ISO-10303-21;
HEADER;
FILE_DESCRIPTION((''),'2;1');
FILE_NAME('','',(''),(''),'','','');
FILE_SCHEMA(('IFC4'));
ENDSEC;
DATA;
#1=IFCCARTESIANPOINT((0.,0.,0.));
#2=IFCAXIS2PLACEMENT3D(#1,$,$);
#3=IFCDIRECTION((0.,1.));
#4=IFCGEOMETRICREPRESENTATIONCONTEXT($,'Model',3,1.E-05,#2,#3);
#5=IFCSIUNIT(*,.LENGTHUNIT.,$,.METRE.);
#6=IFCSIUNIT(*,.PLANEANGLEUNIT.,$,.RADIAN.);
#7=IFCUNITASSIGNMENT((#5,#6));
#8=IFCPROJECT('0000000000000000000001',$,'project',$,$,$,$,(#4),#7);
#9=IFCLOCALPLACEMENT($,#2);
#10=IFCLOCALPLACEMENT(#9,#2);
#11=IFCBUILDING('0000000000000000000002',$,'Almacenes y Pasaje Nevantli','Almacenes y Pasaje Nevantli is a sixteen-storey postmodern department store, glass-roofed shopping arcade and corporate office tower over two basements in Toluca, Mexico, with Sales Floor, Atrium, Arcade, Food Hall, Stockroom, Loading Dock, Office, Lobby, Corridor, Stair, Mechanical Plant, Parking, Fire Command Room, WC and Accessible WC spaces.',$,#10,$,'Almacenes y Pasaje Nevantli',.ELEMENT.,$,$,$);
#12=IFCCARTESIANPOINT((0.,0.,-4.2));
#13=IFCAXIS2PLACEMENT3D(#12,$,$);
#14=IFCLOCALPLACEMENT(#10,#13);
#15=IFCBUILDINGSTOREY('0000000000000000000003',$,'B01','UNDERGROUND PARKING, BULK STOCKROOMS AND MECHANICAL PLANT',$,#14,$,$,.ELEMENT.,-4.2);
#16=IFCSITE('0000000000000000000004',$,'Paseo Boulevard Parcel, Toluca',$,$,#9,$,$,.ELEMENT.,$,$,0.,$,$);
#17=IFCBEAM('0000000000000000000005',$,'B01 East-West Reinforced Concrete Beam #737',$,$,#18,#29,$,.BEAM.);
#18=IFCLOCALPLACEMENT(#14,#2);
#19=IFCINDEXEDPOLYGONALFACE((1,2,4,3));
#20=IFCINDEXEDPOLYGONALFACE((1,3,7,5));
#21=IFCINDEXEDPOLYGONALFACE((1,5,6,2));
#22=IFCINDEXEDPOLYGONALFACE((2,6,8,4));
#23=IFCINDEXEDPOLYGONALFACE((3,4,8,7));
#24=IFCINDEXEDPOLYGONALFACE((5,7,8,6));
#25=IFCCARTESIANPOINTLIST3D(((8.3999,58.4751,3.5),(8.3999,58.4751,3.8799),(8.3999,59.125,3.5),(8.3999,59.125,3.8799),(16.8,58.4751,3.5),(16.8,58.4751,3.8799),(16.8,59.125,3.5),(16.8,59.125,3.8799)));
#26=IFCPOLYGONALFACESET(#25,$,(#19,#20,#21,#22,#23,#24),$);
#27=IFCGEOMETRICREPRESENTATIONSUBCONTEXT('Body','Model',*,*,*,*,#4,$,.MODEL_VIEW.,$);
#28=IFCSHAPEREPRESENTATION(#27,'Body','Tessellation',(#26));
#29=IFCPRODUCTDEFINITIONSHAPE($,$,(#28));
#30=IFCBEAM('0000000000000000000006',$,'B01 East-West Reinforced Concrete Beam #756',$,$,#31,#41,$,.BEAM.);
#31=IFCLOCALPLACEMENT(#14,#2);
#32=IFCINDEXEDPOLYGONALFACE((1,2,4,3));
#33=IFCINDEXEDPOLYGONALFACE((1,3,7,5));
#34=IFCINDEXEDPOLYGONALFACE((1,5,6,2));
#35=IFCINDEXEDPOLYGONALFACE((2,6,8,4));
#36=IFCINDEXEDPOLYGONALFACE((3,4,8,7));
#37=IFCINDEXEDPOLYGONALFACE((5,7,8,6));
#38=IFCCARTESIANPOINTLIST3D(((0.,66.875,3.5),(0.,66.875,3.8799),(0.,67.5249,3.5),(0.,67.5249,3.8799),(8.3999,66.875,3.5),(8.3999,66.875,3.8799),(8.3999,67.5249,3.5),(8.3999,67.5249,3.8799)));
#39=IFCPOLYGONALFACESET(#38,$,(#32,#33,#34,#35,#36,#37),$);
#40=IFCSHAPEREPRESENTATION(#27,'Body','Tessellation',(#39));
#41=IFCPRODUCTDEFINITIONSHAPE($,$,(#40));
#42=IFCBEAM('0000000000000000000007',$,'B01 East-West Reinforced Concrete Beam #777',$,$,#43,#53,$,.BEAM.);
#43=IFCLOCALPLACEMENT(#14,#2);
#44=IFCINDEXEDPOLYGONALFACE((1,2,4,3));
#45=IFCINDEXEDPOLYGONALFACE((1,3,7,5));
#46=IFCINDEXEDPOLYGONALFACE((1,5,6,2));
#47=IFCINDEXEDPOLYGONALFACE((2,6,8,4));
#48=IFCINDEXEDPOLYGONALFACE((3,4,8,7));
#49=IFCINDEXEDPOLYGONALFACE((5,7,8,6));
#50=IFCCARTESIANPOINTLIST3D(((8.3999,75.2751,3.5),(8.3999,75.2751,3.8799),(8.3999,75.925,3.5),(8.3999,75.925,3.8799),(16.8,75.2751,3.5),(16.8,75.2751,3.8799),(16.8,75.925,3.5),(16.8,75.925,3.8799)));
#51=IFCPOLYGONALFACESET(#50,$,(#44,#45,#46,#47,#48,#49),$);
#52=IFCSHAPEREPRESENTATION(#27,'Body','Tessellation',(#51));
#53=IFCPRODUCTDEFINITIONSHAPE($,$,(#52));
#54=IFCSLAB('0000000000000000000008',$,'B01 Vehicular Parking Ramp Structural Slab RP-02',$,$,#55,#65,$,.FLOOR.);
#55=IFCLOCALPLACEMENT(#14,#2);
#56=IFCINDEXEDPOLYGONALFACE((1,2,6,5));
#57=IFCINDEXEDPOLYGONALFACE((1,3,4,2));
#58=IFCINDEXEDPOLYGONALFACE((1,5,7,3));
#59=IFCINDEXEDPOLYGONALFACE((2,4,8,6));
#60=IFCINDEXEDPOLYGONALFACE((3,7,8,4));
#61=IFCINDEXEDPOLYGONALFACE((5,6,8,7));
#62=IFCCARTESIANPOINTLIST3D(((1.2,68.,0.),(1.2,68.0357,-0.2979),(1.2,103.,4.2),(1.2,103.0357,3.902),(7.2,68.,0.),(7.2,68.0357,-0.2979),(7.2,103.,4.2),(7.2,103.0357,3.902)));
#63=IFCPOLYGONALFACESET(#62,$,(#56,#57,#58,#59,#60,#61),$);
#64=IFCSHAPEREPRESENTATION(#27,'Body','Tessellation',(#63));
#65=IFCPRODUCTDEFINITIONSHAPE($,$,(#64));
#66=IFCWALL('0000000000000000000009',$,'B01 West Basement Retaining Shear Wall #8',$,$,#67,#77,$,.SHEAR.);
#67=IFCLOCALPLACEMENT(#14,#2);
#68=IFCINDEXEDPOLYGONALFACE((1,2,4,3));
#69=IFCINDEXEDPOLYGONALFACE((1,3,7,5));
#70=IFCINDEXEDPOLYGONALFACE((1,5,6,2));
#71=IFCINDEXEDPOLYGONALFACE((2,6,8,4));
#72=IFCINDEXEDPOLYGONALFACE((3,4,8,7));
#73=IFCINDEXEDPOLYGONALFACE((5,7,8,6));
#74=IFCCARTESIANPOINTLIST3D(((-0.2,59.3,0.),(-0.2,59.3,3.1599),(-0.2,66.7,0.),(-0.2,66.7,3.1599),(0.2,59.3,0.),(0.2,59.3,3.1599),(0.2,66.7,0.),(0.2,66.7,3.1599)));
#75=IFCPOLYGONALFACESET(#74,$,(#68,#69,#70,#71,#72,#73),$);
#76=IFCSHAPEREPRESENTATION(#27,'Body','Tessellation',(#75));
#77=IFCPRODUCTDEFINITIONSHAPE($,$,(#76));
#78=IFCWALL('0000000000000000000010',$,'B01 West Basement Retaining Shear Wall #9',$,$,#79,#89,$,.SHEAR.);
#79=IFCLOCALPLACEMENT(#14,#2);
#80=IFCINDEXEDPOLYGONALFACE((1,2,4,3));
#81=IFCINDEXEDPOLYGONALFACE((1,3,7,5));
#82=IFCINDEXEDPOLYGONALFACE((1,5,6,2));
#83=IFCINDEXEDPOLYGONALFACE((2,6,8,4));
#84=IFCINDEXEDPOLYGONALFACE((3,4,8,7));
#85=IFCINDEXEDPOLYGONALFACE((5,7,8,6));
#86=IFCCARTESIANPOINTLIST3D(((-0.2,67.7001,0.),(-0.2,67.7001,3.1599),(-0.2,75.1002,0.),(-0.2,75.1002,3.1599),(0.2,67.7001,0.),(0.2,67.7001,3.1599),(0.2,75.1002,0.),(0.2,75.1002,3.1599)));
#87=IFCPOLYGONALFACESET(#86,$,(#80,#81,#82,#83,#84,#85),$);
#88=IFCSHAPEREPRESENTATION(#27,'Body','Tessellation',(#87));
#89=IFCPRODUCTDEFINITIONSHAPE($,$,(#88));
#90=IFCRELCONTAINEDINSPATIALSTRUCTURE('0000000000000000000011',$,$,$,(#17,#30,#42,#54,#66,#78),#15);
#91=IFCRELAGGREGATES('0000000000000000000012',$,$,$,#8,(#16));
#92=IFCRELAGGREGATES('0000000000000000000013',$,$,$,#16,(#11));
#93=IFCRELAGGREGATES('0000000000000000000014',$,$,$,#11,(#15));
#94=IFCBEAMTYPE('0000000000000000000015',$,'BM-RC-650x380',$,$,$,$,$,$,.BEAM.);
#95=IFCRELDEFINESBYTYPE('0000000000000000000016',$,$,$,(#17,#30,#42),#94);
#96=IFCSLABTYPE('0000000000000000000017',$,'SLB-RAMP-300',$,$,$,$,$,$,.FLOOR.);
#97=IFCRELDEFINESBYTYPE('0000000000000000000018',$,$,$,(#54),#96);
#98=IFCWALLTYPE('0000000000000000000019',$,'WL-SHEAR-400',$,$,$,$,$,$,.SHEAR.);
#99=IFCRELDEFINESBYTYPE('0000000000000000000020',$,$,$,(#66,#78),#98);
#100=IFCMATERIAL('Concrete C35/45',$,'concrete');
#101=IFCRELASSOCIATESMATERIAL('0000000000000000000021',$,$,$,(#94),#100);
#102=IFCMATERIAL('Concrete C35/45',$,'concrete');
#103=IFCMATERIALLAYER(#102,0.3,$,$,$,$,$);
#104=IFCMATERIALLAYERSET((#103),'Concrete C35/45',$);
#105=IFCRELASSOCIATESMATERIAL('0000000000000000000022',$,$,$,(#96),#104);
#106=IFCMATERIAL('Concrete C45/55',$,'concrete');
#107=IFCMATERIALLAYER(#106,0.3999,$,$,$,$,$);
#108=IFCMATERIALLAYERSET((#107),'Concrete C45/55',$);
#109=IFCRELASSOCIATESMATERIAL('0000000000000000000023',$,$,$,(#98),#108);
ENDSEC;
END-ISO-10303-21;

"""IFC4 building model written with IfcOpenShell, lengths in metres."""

from ifc_helpers import new_model, si_unit, direction, frame, frame_2d, origin, origin_2d, place, context, subcontext, project, spatial, polyline, rectangle, outline, extrude, material, layer, layer_set, material_profile, profile_set, type_object, element, save


model = new_model("IFC4")

# Units and contexts
model_context = context("Model", 3, precision=1e-05, world=origin(), true_north=direction((0.0, 1.0)))
body_context = subcontext(model_context, "Body", "Model", "MODEL_VIEW")
ifc_project = project(units=[si_unit("LENGTHUNIT", "METRE"), si_unit("PLANEANGLEUNIT", "RADIAN")], contexts=[model_context])

# Site, building, storey
site_placement = place(None, origin())
site = spatial("IfcSite", under=ifc_project, at=site_placement, Name="Paseo Boulevard Parcel, Toluca", CompositionType="ELEMENT", RefElevation=0.0)
building_placement = place(site_placement, origin())
building = spatial("IfcBuilding", under=site, at=building_placement, Name="Almacenes y Pasaje Nevantli", Description="Almacenes y Pasaje Nevantli is a sixteen-storey postmodern department store, glass-roofed shopping arcade and corporate office tower over two basements in Toluca, Mexico, with Sales Floor, Atrium, Arcade, Food Hall, Stockroom, Loading Dock, Office, Lobby, Corridor, Stair, Mechanical Plant, Parking, Fire Command Room, WC and Accessible WC spaces.", LongName="Almacenes y Pasaje Nevantli", CompositionType="ELEMENT")
storey_placement = place(building_placement, frame((0.0, 0.0, -4.2)))
storey = spatial("IfcBuildingStorey", under=building, at=storey_placement, Name="B01", Description="UNDERGROUND PARKING, BULK STOCKROOMS AND MECHANICAL PLANT", CompositionType="ELEMENT", Elevation=-4.2)

# Beams
ifc_material_1 = material(Name="Concrete C35/45", Category="concrete")
ifc_material_profile_1 = material_profile(ifc_material_1, rectangle(XDim=0.6499, YDim=0.3799, at=origin_2d()), Name="RC-BM-650x380")
ifc_profile_set_1 = profile_set([ifc_material_profile_1], Name="Concrete C35/45")
beam_type_1 = type_object("IfcBeamType", Name="BM-RC-650x380", PredefinedType="BEAM", material=ifc_profile_set_1)
beam_1_placement = place(storey_placement, frame((8.3999, 58.8, 3.6899), z_axis=(1.0, 0.0, 0.0), x_axis=(0.0, 1.0, 0.0)))
element("IfcBeam", 1, at=beam_1_placement, inside=storey, type_object=beam_type_1, Name="B01 East-West Reinforced Concrete Beam #737", PredefinedType="BEAM", context=body_context, shape_type="SweptSolid", body=[
    extrude(rectangle(XDim=0.6499, YDim=0.3799, at=origin_2d()), origin(), (0.0, 0.0, 1.0), 8.4001),
])
beam_2_placement = place(storey_placement, frame((0.0, 67.2, 3.6899), z_axis=(1.0, 0.0, 0.0), x_axis=(0.0, 1.0, 0.0)))
element("IfcBeam", 2, at=beam_2_placement, inside=storey, type_object=beam_type_1, Name="B01 East-West Reinforced Concrete Beam #756", PredefinedType="BEAM", context=body_context, shape_type="SweptSolid", body=[
    extrude(rectangle(XDim=0.6499, YDim=0.3799, at=origin_2d()), origin(), (0.0, 0.0, 1.0), 8.3999),
])
beam_3_placement = place(storey_placement, frame((8.3999, 75.6001, 3.6899), z_axis=(1.0, 0.0, 0.0), x_axis=(0.0, 1.0, 0.0)))
element("IfcBeam", 3, at=beam_3_placement, inside=storey, type_object=beam_type_1, Name="B01 East-West Reinforced Concrete Beam #777", PredefinedType="BEAM", context=body_context, shape_type="SweptSolid", body=[
    extrude(rectangle(XDim=0.6499, YDim=0.3799, at=origin_2d()), origin(), (0.0, 0.0, 1.0), 8.4001),
])

# Slab
ifc_material_2 = material(Name="Concrete C35/45", Category="concrete")
ifc_layer_1 = layer(ifc_material_2, 0.3)
ifc_layer_set_1 = layer_set([ifc_layer_1], Name="Concrete C35/45")
slab_type = type_object("IfcSlabType", Name="SLB-RAMP-300", PredefinedType="FLOOR", material=ifc_layer_set_1)
slab_placement = place(storey_placement, frame((1.2, 68.0, 0.0), z_axis=(0.0, -0.119144, 0.992877), x_axis=(1.0, 0.0, 0.0)))
element("IfcSlab", 4, at=slab_placement, inside=storey, type_object=slab_type, Name="B01 Vehicular Parking Ramp Structural Slab RP-02", PredefinedType="FLOOR", context=body_context, shape_type="SweptSolid", body=[
    extrude(outline(polyline([(0.0, 0.0), (6.0, 0.0), (6.0, 35.2511), (0.0, 35.2511), (0.0, 0.0)])), origin(), (0.0, 0.0, -1.0), 0.3),
])

# Walls
ifc_material_3 = material(Name="Concrete C45/55", Category="concrete")
ifc_layer_2 = layer(ifc_material_3, 0.3999)
ifc_layer_set_2 = layer_set([ifc_layer_2], Name="Concrete C45/55")
wall_type = type_object("IfcWallType", Name="WL-SHEAR-400", PredefinedType="SHEAR", material=ifc_layer_set_2)
wall_1_placement = place(storey_placement, frame((0.0, 59.3, 0.0), z_axis=(0.0, 0.0, 1.0), x_axis=(0.0, 1.0, 0.0)))
element("IfcWall", 5, at=wall_1_placement, inside=storey, type_object=wall_type, Name="B01 West Basement Retaining Shear Wall #8", PredefinedType="SHEAR", context=body_context, shape_type="SweptSolid", body=[
    extrude(rectangle(XDim=7.3999, YDim=0.3999, at=frame_2d((3.7, 0.0))), origin(), (0.0, 0.0, 1.0), 3.1599),
])
wall_2_placement = place(storey_placement, frame((0.0, 67.7, 0.0), z_axis=(0.0, 0.0, 1.0), x_axis=(0.0, 1.0, 0.0)))
element("IfcWall", 6, at=wall_2_placement, inside=storey, type_object=wall_type, Name="B01 West Basement Retaining Shear Wall #9", PredefinedType="SHEAR", context=body_context, shape_type="SweptSolid", body=[
    extrude(rectangle(XDim=7.4001, YDim=0.3999, at=frame_2d((3.7002, 0.0))), origin(), (0.0, 0.0, 1.0), 3.1599),
])

save(model, "model.ifc")
